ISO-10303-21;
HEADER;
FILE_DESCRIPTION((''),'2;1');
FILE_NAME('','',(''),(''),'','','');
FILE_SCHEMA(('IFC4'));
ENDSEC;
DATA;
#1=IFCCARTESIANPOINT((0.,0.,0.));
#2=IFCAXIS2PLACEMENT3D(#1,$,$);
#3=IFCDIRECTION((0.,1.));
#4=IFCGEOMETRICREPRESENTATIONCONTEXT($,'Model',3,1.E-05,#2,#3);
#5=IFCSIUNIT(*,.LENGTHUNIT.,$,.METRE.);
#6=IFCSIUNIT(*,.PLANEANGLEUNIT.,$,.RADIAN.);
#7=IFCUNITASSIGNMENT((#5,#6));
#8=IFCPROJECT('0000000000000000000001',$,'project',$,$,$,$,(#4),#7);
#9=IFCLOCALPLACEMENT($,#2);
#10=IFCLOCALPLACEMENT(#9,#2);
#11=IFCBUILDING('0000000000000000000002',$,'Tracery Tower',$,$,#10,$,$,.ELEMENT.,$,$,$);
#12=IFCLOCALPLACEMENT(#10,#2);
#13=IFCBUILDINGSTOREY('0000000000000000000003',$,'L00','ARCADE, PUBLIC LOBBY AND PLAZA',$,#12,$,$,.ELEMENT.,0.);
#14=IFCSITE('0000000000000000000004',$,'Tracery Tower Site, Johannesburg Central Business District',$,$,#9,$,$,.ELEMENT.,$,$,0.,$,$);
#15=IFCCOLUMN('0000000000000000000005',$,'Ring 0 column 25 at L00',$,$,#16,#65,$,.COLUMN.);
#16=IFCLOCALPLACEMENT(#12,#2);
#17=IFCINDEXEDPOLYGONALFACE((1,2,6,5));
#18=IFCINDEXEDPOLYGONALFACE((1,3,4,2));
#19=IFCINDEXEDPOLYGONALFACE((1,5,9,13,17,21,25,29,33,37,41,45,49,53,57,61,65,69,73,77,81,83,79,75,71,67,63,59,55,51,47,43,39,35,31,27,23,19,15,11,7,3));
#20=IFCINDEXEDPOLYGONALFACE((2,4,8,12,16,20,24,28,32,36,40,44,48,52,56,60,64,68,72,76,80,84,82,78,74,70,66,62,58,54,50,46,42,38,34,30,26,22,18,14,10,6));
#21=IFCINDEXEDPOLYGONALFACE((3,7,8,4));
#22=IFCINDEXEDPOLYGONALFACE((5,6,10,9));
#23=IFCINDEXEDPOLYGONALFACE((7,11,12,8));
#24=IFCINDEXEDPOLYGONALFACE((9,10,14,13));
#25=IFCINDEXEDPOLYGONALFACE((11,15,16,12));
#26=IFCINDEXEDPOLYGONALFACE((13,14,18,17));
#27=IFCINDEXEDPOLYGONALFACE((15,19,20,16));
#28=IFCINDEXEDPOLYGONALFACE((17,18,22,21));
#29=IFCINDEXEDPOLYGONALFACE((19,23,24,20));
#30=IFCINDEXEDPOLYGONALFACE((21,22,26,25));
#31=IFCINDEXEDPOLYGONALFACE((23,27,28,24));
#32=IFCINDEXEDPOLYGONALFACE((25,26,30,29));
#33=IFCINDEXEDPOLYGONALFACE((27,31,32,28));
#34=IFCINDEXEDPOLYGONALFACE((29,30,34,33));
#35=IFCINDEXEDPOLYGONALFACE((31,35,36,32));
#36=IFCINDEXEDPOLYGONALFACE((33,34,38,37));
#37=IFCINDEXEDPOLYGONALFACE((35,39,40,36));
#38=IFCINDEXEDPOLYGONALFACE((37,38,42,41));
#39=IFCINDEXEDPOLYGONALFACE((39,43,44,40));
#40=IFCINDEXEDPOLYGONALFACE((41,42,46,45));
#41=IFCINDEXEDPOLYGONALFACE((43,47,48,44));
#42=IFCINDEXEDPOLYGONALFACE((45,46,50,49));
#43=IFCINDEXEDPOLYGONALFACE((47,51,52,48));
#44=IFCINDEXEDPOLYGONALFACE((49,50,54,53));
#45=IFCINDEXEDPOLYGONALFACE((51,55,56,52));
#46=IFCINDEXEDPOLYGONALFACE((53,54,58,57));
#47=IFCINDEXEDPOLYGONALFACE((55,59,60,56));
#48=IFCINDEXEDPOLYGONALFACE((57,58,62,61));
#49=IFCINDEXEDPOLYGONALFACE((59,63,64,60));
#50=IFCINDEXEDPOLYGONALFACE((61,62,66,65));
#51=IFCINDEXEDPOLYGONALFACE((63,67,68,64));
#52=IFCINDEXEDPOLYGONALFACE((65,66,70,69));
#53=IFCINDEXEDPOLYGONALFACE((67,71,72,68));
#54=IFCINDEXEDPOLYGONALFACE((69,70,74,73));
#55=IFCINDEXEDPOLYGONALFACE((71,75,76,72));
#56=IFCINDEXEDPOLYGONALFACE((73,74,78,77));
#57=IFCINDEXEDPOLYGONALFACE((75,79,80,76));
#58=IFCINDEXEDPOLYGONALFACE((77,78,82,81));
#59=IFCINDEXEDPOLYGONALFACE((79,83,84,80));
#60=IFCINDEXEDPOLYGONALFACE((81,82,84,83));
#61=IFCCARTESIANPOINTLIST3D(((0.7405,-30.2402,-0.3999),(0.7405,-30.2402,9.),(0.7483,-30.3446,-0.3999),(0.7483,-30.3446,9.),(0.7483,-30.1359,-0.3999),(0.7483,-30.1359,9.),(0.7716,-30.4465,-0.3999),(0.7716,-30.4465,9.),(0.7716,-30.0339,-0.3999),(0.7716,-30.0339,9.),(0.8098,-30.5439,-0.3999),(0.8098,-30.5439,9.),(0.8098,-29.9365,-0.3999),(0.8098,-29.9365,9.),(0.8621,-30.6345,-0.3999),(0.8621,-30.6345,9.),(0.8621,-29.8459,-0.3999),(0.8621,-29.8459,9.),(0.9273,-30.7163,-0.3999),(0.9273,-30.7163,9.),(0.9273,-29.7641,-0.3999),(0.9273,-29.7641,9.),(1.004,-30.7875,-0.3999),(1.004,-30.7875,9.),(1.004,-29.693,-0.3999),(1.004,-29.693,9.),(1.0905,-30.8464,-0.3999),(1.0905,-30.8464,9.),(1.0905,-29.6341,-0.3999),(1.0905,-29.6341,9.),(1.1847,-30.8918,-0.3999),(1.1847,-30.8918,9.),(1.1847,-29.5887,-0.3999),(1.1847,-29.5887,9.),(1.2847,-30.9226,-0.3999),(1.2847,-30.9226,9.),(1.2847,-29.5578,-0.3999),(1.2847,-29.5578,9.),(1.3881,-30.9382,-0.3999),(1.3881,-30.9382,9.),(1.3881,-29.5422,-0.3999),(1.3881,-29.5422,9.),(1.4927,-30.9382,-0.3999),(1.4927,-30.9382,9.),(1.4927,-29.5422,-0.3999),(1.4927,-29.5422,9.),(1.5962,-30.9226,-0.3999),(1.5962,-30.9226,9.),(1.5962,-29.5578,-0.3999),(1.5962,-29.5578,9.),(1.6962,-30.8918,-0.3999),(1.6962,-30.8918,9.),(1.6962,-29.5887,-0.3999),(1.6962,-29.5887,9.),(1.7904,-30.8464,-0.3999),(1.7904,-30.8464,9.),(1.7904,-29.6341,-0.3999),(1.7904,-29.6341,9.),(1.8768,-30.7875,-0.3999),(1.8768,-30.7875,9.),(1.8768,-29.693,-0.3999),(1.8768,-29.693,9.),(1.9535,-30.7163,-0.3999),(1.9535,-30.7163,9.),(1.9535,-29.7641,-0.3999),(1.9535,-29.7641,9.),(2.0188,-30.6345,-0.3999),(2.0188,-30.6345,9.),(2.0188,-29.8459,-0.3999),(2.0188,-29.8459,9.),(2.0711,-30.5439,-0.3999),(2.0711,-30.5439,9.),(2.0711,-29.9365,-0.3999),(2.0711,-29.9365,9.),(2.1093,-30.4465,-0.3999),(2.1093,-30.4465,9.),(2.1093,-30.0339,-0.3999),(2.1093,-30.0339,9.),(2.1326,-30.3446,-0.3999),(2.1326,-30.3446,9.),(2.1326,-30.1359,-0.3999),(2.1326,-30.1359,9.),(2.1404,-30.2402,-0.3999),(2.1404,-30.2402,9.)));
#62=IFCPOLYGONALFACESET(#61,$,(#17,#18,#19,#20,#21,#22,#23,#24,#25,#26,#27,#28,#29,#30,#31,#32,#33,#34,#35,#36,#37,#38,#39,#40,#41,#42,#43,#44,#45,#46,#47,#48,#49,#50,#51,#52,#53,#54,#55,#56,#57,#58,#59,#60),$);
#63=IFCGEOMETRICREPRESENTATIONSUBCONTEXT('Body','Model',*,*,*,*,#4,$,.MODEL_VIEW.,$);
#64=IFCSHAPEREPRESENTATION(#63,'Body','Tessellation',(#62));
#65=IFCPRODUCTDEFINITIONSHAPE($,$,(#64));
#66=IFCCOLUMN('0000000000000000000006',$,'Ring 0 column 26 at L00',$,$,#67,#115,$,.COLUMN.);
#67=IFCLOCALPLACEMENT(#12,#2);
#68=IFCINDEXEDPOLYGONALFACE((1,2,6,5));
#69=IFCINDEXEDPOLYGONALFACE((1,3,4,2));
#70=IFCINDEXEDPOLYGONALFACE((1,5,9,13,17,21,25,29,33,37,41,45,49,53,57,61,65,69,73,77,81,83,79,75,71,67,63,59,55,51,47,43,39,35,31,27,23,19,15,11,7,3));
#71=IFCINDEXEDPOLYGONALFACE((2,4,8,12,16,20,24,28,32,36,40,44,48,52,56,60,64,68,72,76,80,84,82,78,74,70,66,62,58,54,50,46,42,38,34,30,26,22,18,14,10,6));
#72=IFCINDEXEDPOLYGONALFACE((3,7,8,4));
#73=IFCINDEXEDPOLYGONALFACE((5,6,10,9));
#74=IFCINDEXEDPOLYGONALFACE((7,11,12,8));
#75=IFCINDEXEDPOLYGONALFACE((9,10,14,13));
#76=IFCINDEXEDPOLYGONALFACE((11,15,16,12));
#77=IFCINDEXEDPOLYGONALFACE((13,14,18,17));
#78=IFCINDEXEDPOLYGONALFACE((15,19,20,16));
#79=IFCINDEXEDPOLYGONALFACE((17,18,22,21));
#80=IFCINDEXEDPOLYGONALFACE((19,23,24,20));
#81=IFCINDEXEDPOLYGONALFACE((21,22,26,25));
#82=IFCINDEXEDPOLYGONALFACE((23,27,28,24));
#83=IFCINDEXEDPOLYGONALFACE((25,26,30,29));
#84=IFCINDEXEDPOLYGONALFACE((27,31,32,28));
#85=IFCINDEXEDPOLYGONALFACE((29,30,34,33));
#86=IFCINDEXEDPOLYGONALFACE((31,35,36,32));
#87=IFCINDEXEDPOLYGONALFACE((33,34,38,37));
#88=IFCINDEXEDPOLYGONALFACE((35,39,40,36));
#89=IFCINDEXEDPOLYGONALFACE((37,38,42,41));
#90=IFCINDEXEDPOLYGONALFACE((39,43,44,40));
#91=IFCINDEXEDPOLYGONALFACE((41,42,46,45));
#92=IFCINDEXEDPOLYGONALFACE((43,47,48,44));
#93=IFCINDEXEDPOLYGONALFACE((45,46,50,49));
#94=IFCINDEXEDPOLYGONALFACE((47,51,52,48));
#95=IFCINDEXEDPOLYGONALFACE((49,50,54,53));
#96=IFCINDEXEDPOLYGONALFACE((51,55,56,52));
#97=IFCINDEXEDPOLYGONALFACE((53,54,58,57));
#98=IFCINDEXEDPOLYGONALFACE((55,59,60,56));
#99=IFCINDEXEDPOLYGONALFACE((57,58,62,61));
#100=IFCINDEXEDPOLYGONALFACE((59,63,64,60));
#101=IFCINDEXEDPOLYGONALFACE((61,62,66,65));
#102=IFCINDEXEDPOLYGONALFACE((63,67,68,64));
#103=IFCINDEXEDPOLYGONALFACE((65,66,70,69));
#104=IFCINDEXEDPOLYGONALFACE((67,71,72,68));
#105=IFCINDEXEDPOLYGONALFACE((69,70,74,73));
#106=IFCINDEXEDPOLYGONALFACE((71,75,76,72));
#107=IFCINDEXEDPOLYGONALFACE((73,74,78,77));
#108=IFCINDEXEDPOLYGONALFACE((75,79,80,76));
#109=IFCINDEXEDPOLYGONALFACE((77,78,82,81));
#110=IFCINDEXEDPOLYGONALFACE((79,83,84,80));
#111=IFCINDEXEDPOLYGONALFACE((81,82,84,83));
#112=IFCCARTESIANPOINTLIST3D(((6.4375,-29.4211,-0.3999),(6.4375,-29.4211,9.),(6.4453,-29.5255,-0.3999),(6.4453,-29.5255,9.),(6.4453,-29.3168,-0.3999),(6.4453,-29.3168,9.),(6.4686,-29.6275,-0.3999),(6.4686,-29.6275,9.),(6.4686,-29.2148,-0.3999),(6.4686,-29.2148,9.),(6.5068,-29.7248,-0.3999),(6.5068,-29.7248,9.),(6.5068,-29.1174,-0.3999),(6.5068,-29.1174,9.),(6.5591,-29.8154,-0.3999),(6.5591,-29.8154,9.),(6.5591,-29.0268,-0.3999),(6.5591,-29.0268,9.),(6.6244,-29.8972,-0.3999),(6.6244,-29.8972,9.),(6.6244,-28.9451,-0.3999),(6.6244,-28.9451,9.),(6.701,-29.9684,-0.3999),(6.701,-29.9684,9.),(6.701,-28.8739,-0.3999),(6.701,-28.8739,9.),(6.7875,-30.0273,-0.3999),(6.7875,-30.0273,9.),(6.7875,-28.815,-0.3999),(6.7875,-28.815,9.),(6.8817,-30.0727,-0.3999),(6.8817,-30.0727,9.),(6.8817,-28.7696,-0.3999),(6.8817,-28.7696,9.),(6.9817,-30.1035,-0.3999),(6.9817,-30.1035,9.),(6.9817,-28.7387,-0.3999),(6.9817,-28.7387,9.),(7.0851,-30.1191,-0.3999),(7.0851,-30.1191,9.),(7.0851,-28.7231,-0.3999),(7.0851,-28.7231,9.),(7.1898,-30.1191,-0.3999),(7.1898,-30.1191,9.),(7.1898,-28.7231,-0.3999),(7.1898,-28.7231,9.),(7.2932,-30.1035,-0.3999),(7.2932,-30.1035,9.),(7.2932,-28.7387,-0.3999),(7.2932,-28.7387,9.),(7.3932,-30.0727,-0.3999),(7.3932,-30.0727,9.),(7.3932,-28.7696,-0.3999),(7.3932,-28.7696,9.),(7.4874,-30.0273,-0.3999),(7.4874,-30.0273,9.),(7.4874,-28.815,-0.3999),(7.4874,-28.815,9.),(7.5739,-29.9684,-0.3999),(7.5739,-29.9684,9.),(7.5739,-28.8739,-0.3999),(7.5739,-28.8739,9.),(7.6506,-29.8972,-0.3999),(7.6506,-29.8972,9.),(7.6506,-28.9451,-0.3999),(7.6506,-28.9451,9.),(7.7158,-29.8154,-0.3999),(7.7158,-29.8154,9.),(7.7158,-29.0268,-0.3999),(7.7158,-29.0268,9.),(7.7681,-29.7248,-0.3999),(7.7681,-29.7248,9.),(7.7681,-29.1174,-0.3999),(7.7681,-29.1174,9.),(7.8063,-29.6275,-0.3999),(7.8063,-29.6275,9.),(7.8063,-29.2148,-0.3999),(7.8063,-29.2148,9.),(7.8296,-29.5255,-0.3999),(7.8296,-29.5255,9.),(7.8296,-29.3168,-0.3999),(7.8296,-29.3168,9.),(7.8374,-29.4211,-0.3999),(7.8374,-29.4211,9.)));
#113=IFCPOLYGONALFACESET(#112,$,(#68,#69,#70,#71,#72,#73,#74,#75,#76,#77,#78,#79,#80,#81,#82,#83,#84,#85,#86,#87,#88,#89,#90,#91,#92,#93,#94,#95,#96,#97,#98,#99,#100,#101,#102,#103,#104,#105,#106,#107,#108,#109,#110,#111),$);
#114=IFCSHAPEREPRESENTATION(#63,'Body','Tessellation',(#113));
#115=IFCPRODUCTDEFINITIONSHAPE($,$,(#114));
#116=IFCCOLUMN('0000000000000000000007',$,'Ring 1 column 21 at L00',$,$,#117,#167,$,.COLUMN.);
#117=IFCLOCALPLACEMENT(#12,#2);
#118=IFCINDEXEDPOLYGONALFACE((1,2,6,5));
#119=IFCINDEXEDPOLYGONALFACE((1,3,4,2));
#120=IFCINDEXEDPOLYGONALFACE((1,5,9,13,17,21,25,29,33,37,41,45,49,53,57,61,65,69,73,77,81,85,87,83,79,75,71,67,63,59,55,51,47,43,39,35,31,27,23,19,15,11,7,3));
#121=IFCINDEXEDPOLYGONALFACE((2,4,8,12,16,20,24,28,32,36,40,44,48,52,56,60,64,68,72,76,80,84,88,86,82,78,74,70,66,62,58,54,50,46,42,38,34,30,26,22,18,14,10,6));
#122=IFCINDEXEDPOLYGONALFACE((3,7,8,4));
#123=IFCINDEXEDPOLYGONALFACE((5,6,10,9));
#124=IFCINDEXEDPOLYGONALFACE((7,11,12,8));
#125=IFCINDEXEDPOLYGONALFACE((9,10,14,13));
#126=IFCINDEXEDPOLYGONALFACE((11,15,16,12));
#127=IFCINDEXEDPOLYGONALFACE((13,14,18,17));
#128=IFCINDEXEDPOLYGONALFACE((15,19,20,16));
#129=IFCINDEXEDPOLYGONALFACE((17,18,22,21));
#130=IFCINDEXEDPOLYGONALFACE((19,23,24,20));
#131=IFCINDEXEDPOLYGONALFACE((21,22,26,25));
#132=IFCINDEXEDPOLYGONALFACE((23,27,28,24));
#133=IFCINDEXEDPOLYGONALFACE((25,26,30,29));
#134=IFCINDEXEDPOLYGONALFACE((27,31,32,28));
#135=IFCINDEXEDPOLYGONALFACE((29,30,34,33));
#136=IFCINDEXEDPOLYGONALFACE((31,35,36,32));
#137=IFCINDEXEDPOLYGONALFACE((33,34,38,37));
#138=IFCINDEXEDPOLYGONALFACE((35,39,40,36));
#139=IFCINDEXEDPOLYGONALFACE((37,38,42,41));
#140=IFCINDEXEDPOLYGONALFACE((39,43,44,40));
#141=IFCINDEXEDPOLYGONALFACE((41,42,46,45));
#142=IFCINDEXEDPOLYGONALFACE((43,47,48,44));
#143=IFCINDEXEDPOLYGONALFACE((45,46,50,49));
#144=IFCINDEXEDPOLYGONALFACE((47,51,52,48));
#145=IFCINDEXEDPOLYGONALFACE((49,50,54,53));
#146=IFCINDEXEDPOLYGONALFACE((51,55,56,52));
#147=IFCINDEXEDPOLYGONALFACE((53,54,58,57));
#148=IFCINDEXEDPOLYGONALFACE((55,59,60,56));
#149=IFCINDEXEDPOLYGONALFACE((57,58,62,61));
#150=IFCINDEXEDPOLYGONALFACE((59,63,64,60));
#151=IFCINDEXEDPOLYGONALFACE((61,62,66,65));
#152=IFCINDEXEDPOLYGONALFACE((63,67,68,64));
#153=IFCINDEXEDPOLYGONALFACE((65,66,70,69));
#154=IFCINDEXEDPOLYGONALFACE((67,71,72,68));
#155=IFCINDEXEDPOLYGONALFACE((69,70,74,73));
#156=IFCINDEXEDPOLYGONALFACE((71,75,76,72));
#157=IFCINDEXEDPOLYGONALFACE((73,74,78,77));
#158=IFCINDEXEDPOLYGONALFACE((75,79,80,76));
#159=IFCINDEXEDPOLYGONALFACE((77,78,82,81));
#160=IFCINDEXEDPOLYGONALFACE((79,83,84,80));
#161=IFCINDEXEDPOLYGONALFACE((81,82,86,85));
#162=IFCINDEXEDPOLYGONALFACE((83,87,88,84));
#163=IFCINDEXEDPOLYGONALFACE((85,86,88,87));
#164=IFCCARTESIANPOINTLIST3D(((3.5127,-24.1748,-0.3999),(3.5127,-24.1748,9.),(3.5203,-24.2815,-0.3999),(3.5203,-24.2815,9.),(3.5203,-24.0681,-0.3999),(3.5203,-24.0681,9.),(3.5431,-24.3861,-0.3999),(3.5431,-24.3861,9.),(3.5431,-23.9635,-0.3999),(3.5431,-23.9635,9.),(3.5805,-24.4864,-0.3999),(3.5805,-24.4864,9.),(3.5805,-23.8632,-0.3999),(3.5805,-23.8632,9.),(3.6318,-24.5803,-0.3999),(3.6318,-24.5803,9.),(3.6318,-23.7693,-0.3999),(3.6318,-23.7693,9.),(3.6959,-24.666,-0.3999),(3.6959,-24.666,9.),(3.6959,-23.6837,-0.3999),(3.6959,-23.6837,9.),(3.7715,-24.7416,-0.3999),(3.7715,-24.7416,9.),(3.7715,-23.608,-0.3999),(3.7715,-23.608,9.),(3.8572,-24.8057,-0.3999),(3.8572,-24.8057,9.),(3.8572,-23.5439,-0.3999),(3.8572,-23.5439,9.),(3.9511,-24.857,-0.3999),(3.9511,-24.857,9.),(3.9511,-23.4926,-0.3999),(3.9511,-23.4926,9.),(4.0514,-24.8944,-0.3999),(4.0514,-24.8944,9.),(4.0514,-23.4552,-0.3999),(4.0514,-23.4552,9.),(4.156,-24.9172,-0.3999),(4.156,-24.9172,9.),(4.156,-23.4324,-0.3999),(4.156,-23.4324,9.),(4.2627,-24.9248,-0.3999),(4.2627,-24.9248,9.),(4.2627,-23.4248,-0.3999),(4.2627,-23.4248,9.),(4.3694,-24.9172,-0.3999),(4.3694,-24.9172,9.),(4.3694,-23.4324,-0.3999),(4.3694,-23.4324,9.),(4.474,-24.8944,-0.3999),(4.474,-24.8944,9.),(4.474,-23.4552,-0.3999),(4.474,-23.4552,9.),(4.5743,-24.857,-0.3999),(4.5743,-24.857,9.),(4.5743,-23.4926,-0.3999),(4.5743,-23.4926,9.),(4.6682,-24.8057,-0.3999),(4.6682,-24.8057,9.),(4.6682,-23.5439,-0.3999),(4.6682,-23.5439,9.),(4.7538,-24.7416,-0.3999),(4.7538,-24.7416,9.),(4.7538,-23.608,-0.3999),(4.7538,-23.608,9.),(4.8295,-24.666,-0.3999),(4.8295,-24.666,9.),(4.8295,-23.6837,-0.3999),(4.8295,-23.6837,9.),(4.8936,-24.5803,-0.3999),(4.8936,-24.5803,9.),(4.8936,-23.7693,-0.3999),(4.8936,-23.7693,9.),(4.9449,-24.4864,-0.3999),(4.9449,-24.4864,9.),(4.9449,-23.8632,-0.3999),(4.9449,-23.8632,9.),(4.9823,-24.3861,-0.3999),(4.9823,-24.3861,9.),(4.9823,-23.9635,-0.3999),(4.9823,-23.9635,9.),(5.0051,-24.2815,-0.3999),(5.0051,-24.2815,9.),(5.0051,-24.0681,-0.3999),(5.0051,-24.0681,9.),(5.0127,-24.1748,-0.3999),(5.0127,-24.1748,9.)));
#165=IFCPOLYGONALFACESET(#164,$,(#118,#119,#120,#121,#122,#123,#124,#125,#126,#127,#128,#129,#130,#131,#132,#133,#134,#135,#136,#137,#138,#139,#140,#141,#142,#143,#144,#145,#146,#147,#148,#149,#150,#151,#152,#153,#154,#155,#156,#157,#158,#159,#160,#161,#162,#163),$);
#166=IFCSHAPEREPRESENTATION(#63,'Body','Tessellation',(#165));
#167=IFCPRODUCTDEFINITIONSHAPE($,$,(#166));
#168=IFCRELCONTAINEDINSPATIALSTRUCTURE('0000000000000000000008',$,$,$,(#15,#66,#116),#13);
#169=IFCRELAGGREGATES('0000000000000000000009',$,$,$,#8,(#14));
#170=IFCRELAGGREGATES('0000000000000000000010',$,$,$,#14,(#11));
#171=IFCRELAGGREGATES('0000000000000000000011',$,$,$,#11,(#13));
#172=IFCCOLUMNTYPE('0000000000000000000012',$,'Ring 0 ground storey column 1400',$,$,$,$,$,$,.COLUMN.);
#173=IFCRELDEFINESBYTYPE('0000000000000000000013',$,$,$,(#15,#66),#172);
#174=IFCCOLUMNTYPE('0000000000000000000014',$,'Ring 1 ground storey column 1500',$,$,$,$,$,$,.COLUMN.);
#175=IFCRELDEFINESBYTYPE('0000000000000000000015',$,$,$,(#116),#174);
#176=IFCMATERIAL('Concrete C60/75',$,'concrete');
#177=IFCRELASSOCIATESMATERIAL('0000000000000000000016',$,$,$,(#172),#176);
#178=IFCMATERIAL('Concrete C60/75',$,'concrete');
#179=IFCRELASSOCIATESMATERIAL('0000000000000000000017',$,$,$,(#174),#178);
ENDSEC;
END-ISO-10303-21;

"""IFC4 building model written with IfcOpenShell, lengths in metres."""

from ifc_helpers import new_model, si_unit, direction, frame, origin, origin_2d, place, context, subcontext, project, spatial, circle, extrude, material, material_profile, profile_set, type_object, element, save


model = new_model("IFC4")

# Units and contexts
model_context = context("Model", 3, precision=1e-05, world=origin(), true_north=direction((0.0, 1.0)))
body_context = subcontext(model_context, "Body", "Model", "MODEL_VIEW")
ifc_project = project(units=[si_unit("LENGTHUNIT", "METRE"), si_unit("PLANEANGLEUNIT", "RADIAN")], contexts=[model_context])

# Site, building, storey
site_placement = place(None, origin())
site = spatial("IfcSite", under=ifc_project, at=site_placement, Name="Tracery Tower Site, Johannesburg Central Business District", CompositionType="ELEMENT", RefElevation=0.0)
building_placement = place(site_placement, origin())
building = spatial("IfcBuilding", under=site, at=building_placement, Name="Tracery Tower", CompositionType="ELEMENT")
storey_placement = place(building_placement, origin())
storey = spatial("IfcBuildingStorey", under=building, at=storey_placement, Name="L00", Description="ARCADE, PUBLIC LOBBY AND PLAZA", CompositionType="ELEMENT", Elevation=0.0)

# Columns
ifc_material_1 = material(Name="Concrete C60/75", Category="concrete")
ifc_material_profile_1 = material_profile(ifc_material_1, circle(Radius=0.7, at=origin_2d()), Name="RC D1400")
ifc_profile_set_1 = profile_set([ifc_material_profile_1], Name="Concrete C60/75")
column_type_1 = type_object("IfcColumnType", Name="Ring 0 ground storey column 1400", PredefinedType="COLUMN", material=ifc_profile_set_1)
for number, where, z_axis, x_axis, name in (
    (1, (1.4404, -30.2402, -0.3999), (0.0, 0.0, 1.0), (1.0, 0.0, 0.0), "Ring 0 column 25 at L00"),
    (2, (7.1375, -29.4211, -0.3999), (0.0, 0.0, 1.0), (1.0, 0.0, 0.0), "Ring 0 column 26 at L00"),
):
    element("IfcColumn", number, at=place(storey_placement, frame(where, z_axis=z_axis, x_axis=x_axis)), inside=storey, type_object=column_type_1, Name=name, PredefinedType="COLUMN", context=body_context, shape_type="SweptSolid", body=[
        extrude(circle(Radius=0.7, at=origin_2d()), origin(), (0.0, 0.0, 1.0), 9.3999),
    ])
ifc_material_2 = material(Name="Concrete C60/75", Category="concrete")
ifc_material_profile_2 = material_profile(ifc_material_2, circle(Radius=0.75, at=origin_2d()), Name="RC D1500")
ifc_profile_set_2 = profile_set([ifc_material_profile_2], Name="Concrete C60/75")
column_type_2 = type_object("IfcColumnType", Name="Ring 1 ground storey column 1500", PredefinedType="COLUMN", material=ifc_profile_set_2)
for number, where, z_axis, x_axis, name in (
    (3, (4.2627, -24.1748, -0.3999), (0.0, 0.0, 1.0), (1.0, 0.0, 0.0), "Ring 1 column 21 at L00"),
):
    element("IfcColumn", number, at=place(storey_placement, frame(where, z_axis=z_axis, x_axis=x_axis)), inside=storey, type_object=column_type_2, Name=name, PredefinedType="COLUMN", context=body_context, shape_type="SweptSolid", body=[
        extrude(circle(Radius=0.75, at=origin_2d()), origin(), (0.0, 0.0, 1.0), 9.3999),
    ])

save(model, "model.ifc")
